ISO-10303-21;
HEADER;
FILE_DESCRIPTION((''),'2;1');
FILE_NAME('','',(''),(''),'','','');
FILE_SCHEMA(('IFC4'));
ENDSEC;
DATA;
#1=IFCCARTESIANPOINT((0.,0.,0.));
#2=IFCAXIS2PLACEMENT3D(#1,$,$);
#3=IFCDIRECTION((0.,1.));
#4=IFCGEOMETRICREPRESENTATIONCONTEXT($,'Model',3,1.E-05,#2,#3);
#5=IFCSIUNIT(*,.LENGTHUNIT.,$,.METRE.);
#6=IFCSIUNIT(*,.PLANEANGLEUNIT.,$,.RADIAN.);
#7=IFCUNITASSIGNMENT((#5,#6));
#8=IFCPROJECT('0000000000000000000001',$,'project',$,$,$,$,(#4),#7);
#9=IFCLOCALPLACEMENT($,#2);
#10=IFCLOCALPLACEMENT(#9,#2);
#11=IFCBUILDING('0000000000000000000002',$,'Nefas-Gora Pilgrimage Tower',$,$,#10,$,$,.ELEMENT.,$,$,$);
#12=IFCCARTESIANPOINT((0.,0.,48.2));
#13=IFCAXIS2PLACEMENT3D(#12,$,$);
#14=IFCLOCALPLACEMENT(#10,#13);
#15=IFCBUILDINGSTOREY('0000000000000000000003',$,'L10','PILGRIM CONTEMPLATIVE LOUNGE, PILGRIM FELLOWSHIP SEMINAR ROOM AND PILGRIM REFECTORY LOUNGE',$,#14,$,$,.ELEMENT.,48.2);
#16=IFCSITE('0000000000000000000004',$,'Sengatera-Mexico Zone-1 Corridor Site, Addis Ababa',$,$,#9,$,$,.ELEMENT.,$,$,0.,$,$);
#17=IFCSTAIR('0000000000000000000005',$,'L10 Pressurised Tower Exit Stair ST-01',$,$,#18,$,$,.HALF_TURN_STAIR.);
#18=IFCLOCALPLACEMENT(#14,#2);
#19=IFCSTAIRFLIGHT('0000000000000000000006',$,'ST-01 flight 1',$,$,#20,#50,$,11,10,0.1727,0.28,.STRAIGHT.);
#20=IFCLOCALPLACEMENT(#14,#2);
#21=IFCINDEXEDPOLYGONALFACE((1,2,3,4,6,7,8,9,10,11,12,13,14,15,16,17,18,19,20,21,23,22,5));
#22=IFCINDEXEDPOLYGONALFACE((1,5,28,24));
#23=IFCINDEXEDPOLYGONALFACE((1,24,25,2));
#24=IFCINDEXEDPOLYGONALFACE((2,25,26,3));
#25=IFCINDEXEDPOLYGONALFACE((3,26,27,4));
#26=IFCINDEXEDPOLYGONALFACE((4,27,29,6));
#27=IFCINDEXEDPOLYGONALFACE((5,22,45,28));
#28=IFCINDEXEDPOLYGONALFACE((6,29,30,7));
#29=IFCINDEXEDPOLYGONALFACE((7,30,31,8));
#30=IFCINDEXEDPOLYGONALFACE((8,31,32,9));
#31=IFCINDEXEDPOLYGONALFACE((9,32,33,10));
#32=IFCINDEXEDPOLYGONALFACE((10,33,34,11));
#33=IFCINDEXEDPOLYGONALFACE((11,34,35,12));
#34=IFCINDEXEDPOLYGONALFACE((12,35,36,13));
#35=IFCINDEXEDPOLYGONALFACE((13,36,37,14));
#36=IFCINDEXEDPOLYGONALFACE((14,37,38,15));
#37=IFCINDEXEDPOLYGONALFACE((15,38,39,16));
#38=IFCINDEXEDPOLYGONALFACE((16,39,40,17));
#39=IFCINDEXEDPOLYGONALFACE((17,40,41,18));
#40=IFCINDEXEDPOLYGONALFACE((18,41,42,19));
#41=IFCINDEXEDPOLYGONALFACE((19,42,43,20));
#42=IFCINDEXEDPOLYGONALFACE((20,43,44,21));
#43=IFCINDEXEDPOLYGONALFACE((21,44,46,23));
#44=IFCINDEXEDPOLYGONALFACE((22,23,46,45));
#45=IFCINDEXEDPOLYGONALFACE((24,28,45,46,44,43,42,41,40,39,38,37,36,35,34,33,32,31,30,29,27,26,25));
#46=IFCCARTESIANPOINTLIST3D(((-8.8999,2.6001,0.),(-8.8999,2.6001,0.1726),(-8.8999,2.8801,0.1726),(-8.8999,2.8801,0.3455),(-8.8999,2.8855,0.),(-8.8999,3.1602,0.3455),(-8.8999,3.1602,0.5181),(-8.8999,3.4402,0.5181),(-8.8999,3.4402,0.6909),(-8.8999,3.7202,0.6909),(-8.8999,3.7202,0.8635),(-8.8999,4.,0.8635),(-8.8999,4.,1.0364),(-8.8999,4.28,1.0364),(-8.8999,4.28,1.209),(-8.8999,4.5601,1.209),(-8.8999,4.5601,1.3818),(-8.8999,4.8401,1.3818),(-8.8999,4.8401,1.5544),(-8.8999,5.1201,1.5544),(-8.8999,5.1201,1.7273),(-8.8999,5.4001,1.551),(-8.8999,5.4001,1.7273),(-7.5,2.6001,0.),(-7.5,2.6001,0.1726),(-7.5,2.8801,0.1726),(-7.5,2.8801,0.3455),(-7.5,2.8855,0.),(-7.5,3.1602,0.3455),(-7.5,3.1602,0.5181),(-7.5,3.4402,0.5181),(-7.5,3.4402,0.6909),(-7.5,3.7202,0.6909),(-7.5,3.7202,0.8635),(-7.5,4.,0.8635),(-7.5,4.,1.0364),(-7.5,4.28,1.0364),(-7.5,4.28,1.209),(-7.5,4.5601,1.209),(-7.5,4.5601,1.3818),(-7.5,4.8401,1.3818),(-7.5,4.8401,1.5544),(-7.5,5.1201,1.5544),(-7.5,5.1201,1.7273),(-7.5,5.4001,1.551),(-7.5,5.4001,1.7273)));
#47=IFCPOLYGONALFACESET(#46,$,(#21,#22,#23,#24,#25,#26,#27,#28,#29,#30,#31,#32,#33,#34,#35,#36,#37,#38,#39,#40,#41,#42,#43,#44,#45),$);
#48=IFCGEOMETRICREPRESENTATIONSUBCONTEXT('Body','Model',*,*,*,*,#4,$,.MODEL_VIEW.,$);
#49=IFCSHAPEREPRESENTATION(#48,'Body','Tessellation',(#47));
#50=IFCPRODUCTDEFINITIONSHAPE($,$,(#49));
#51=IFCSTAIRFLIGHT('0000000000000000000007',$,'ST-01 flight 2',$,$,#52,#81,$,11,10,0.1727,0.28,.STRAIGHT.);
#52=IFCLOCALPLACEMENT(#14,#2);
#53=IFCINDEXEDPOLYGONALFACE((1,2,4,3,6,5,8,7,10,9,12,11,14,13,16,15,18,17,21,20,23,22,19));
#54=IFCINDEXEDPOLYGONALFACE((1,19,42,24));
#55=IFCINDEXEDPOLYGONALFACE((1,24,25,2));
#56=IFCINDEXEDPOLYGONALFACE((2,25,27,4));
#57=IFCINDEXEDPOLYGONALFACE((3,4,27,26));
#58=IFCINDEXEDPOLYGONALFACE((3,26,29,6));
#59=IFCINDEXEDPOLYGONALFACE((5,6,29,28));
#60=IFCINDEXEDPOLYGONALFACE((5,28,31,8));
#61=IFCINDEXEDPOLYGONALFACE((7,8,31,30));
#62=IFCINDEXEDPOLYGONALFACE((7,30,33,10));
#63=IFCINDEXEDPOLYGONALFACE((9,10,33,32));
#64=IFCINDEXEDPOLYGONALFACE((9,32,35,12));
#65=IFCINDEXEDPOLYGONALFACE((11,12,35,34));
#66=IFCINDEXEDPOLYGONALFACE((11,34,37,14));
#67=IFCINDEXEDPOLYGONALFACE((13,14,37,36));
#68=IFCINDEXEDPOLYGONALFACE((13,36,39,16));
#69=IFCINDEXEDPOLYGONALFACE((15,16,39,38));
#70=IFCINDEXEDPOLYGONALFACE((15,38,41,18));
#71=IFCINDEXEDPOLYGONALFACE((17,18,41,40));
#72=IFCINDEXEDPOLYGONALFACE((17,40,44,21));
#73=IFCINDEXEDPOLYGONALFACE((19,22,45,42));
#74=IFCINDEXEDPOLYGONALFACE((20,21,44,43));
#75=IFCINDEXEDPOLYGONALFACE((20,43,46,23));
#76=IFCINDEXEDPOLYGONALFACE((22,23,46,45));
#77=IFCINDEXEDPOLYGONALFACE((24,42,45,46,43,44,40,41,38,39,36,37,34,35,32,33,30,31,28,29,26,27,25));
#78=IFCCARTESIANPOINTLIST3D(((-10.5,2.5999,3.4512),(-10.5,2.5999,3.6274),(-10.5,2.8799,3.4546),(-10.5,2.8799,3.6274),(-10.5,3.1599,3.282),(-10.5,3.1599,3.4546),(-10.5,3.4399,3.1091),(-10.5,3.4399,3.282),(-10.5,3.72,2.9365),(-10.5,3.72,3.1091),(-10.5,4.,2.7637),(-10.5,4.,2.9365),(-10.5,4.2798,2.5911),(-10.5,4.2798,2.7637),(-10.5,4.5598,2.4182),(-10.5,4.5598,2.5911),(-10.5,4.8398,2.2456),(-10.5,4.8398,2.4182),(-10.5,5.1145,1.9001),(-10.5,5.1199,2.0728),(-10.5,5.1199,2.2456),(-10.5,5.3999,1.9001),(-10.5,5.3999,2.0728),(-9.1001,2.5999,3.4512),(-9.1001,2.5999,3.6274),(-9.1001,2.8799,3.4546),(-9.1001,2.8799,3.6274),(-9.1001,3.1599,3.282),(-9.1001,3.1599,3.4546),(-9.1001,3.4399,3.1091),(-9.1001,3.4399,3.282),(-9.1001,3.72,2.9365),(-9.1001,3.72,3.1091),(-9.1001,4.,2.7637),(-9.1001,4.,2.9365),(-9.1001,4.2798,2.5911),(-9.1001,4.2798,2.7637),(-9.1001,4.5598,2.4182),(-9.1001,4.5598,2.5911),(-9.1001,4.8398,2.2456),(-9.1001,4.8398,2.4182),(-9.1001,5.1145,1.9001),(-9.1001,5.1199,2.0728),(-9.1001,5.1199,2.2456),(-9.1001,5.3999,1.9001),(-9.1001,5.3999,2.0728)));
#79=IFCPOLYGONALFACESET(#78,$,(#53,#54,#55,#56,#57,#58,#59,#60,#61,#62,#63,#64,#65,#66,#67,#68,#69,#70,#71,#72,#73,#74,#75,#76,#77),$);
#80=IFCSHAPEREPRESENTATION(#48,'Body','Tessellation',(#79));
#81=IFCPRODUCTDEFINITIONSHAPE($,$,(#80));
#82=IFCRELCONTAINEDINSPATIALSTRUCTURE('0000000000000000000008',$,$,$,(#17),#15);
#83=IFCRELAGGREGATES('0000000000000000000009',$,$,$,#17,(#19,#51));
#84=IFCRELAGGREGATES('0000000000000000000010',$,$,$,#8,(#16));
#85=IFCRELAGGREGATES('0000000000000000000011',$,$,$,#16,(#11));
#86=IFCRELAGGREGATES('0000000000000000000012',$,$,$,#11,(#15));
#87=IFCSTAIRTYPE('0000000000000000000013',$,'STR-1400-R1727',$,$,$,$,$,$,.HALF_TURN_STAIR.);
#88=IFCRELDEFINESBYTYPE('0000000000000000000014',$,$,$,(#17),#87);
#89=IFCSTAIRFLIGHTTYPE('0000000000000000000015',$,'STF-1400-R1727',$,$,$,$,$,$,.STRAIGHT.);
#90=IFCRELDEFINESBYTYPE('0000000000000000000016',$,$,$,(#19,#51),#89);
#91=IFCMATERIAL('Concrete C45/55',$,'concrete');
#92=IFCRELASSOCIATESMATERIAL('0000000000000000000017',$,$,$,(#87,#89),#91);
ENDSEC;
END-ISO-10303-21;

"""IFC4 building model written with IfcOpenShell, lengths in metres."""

from ifc_helpers import new_model, si_unit, direction, frame, origin, place, context, subcontext, project, spatial, polyline, outline, extrude, source, transform, mapped, material, type_object, element, aggregate, save


model = new_model("IFC4")

# Units and contexts
model_context = context("Model", 3, precision=1e-05, world=origin(), true_north=direction((0.0, 1.0)))
body_context = subcontext(model_context, "Body", "Model", "MODEL_VIEW")
ifc_project = project(units=[si_unit("LENGTHUNIT", "METRE"), si_unit("PLANEANGLEUNIT", "RADIAN")], contexts=[model_context])

# Site, building, storey
site_placement = place(None, origin())
site = spatial("IfcSite", under=ifc_project, at=site_placement, Name="Sengatera-Mexico Zone-1 Corridor Site, Addis Ababa", CompositionType="ELEMENT", RefElevation=0.0)
building_placement = place(site_placement, origin())
building = spatial("IfcBuilding", under=site, at=building_placement, Name="Nefas-Gora Pilgrimage Tower", CompositionType="ELEMENT")
storey_placement = place(building_placement, frame((0.0, 0.0, 48.2)))
storey = spatial("IfcBuildingStorey", under=building, at=storey_placement, Name="L10", Description="PILGRIM CONTEMPLATIVE LOUNGE, PILGRIM FELLOWSHIP SEMINAR ROOM AND PILGRIM REFECTORY LOUNGE", CompositionType="ELEMENT", Elevation=48.2)

# Shared definitions
ifc_material_1 = material(Name="Concrete C45/55", Category="concrete")

# Stair, stair flights
stair_type = type_object("IfcStairType", Name="STR-1400-R1727", PredefinedType="HALF_TURN_STAIR", material=ifc_material_1)
stair_placement = place(storey_placement, origin())
stair = element("IfcStair", 1, at=stair_placement, inside=storey, type_object=stair_type, Name="L10 Pressurised Tower Exit Stair ST-01", PredefinedType="HALF_TURN_STAIR")
stair_flight_type = type_object("IfcStairFlightType", Name="STF-1400-R1727", PredefinedType="STRAIGHT", material=ifc_material_1)
shared_shape_1 = source(origin(), body_context, "Body", "SweptSolid", [
    extrude(outline(polyline([(0.0, 0.0), (0.0, 0.1726), (0.28, 0.1726), (0.28, 0.3455), (0.5601, 0.3455), (0.5601, 0.5181), (0.8401, 0.5181), (0.8401, 0.6909), (1.1201, 0.6909), (1.1201, 0.8635), (1.3999, 0.8635), (1.3999, 1.0364), (1.6799, 1.0364), (1.6799, 1.209), (1.96, 1.209), (1.96, 1.3818), (2.24, 1.3818), (2.24, 1.5544), (2.52, 1.5544), (2.52, 1.7273), (2.8, 1.7273), (2.8, 1.8999), (2.8, 1.551), (0.2854, 0.0), (0.0, 0.0)])), frame((0.0, 0.7, 0.0), z_axis=(0.0, -1.0, 0.0), x_axis=(1.0, 0.0, 0.0)), (0.0, 0.0, 1.0), 1.3999),
])
stair_flight_1_placement = place(storey_placement, frame((-8.2, 2.6001, 0.0), z_axis=(0.0, 0.0, 1.0), x_axis=(0.0, 1.0, 0.0)))
stair_flight_1 = element("IfcStairFlight", 2, at=stair_flight_1_placement, type_object=stair_flight_type, Name="ST-01 flight 1", NumberOfRisers=11, NumberOfTreads=10, PredefinedType="STRAIGHT", RiserHeight=0.1727, TreadLength=0.28, context=body_context, shape_type="MappedRepresentation", body=[
    mapped(shared_shape_1, transform((0.0, 0.0, 0.0), x_axis=(1.0, 0.0, 0.0), y_axis=(0.0, 1.0, 0.0), z_axis=(0.0, 0.0, 1.0), scale=1.0)),
])
stair_flight_2_placement = place(storey_placement, frame((-9.8, 5.3999, 1.9001), z_axis=(0.0, 0.0, 1.0), x_axis=(0.0, -1.0, 0.0)))
stair_flight_2 = element("IfcStairFlight", 3, at=stair_flight_2_placement, type_object=stair_flight_type, Name="ST-01 flight 2", NumberOfRisers=11, NumberOfTreads=10, PredefinedType="STRAIGHT", RiserHeight=0.1727, TreadLength=0.28, context=body_context, shape_type="MappedRepresentation", body=[
    mapped(shared_shape_1, transform((0.0, 0.0, 0.0), x_axis=(1.0, 0.0, 0.0), y_axis=(0.0, 1.0, 0.0), z_axis=(0.0, 0.0, 1.0), scale=1.0)),
])
aggregate(stair, [stair_flight_1, stair_flight_2])

save(model, "model.ifc")
